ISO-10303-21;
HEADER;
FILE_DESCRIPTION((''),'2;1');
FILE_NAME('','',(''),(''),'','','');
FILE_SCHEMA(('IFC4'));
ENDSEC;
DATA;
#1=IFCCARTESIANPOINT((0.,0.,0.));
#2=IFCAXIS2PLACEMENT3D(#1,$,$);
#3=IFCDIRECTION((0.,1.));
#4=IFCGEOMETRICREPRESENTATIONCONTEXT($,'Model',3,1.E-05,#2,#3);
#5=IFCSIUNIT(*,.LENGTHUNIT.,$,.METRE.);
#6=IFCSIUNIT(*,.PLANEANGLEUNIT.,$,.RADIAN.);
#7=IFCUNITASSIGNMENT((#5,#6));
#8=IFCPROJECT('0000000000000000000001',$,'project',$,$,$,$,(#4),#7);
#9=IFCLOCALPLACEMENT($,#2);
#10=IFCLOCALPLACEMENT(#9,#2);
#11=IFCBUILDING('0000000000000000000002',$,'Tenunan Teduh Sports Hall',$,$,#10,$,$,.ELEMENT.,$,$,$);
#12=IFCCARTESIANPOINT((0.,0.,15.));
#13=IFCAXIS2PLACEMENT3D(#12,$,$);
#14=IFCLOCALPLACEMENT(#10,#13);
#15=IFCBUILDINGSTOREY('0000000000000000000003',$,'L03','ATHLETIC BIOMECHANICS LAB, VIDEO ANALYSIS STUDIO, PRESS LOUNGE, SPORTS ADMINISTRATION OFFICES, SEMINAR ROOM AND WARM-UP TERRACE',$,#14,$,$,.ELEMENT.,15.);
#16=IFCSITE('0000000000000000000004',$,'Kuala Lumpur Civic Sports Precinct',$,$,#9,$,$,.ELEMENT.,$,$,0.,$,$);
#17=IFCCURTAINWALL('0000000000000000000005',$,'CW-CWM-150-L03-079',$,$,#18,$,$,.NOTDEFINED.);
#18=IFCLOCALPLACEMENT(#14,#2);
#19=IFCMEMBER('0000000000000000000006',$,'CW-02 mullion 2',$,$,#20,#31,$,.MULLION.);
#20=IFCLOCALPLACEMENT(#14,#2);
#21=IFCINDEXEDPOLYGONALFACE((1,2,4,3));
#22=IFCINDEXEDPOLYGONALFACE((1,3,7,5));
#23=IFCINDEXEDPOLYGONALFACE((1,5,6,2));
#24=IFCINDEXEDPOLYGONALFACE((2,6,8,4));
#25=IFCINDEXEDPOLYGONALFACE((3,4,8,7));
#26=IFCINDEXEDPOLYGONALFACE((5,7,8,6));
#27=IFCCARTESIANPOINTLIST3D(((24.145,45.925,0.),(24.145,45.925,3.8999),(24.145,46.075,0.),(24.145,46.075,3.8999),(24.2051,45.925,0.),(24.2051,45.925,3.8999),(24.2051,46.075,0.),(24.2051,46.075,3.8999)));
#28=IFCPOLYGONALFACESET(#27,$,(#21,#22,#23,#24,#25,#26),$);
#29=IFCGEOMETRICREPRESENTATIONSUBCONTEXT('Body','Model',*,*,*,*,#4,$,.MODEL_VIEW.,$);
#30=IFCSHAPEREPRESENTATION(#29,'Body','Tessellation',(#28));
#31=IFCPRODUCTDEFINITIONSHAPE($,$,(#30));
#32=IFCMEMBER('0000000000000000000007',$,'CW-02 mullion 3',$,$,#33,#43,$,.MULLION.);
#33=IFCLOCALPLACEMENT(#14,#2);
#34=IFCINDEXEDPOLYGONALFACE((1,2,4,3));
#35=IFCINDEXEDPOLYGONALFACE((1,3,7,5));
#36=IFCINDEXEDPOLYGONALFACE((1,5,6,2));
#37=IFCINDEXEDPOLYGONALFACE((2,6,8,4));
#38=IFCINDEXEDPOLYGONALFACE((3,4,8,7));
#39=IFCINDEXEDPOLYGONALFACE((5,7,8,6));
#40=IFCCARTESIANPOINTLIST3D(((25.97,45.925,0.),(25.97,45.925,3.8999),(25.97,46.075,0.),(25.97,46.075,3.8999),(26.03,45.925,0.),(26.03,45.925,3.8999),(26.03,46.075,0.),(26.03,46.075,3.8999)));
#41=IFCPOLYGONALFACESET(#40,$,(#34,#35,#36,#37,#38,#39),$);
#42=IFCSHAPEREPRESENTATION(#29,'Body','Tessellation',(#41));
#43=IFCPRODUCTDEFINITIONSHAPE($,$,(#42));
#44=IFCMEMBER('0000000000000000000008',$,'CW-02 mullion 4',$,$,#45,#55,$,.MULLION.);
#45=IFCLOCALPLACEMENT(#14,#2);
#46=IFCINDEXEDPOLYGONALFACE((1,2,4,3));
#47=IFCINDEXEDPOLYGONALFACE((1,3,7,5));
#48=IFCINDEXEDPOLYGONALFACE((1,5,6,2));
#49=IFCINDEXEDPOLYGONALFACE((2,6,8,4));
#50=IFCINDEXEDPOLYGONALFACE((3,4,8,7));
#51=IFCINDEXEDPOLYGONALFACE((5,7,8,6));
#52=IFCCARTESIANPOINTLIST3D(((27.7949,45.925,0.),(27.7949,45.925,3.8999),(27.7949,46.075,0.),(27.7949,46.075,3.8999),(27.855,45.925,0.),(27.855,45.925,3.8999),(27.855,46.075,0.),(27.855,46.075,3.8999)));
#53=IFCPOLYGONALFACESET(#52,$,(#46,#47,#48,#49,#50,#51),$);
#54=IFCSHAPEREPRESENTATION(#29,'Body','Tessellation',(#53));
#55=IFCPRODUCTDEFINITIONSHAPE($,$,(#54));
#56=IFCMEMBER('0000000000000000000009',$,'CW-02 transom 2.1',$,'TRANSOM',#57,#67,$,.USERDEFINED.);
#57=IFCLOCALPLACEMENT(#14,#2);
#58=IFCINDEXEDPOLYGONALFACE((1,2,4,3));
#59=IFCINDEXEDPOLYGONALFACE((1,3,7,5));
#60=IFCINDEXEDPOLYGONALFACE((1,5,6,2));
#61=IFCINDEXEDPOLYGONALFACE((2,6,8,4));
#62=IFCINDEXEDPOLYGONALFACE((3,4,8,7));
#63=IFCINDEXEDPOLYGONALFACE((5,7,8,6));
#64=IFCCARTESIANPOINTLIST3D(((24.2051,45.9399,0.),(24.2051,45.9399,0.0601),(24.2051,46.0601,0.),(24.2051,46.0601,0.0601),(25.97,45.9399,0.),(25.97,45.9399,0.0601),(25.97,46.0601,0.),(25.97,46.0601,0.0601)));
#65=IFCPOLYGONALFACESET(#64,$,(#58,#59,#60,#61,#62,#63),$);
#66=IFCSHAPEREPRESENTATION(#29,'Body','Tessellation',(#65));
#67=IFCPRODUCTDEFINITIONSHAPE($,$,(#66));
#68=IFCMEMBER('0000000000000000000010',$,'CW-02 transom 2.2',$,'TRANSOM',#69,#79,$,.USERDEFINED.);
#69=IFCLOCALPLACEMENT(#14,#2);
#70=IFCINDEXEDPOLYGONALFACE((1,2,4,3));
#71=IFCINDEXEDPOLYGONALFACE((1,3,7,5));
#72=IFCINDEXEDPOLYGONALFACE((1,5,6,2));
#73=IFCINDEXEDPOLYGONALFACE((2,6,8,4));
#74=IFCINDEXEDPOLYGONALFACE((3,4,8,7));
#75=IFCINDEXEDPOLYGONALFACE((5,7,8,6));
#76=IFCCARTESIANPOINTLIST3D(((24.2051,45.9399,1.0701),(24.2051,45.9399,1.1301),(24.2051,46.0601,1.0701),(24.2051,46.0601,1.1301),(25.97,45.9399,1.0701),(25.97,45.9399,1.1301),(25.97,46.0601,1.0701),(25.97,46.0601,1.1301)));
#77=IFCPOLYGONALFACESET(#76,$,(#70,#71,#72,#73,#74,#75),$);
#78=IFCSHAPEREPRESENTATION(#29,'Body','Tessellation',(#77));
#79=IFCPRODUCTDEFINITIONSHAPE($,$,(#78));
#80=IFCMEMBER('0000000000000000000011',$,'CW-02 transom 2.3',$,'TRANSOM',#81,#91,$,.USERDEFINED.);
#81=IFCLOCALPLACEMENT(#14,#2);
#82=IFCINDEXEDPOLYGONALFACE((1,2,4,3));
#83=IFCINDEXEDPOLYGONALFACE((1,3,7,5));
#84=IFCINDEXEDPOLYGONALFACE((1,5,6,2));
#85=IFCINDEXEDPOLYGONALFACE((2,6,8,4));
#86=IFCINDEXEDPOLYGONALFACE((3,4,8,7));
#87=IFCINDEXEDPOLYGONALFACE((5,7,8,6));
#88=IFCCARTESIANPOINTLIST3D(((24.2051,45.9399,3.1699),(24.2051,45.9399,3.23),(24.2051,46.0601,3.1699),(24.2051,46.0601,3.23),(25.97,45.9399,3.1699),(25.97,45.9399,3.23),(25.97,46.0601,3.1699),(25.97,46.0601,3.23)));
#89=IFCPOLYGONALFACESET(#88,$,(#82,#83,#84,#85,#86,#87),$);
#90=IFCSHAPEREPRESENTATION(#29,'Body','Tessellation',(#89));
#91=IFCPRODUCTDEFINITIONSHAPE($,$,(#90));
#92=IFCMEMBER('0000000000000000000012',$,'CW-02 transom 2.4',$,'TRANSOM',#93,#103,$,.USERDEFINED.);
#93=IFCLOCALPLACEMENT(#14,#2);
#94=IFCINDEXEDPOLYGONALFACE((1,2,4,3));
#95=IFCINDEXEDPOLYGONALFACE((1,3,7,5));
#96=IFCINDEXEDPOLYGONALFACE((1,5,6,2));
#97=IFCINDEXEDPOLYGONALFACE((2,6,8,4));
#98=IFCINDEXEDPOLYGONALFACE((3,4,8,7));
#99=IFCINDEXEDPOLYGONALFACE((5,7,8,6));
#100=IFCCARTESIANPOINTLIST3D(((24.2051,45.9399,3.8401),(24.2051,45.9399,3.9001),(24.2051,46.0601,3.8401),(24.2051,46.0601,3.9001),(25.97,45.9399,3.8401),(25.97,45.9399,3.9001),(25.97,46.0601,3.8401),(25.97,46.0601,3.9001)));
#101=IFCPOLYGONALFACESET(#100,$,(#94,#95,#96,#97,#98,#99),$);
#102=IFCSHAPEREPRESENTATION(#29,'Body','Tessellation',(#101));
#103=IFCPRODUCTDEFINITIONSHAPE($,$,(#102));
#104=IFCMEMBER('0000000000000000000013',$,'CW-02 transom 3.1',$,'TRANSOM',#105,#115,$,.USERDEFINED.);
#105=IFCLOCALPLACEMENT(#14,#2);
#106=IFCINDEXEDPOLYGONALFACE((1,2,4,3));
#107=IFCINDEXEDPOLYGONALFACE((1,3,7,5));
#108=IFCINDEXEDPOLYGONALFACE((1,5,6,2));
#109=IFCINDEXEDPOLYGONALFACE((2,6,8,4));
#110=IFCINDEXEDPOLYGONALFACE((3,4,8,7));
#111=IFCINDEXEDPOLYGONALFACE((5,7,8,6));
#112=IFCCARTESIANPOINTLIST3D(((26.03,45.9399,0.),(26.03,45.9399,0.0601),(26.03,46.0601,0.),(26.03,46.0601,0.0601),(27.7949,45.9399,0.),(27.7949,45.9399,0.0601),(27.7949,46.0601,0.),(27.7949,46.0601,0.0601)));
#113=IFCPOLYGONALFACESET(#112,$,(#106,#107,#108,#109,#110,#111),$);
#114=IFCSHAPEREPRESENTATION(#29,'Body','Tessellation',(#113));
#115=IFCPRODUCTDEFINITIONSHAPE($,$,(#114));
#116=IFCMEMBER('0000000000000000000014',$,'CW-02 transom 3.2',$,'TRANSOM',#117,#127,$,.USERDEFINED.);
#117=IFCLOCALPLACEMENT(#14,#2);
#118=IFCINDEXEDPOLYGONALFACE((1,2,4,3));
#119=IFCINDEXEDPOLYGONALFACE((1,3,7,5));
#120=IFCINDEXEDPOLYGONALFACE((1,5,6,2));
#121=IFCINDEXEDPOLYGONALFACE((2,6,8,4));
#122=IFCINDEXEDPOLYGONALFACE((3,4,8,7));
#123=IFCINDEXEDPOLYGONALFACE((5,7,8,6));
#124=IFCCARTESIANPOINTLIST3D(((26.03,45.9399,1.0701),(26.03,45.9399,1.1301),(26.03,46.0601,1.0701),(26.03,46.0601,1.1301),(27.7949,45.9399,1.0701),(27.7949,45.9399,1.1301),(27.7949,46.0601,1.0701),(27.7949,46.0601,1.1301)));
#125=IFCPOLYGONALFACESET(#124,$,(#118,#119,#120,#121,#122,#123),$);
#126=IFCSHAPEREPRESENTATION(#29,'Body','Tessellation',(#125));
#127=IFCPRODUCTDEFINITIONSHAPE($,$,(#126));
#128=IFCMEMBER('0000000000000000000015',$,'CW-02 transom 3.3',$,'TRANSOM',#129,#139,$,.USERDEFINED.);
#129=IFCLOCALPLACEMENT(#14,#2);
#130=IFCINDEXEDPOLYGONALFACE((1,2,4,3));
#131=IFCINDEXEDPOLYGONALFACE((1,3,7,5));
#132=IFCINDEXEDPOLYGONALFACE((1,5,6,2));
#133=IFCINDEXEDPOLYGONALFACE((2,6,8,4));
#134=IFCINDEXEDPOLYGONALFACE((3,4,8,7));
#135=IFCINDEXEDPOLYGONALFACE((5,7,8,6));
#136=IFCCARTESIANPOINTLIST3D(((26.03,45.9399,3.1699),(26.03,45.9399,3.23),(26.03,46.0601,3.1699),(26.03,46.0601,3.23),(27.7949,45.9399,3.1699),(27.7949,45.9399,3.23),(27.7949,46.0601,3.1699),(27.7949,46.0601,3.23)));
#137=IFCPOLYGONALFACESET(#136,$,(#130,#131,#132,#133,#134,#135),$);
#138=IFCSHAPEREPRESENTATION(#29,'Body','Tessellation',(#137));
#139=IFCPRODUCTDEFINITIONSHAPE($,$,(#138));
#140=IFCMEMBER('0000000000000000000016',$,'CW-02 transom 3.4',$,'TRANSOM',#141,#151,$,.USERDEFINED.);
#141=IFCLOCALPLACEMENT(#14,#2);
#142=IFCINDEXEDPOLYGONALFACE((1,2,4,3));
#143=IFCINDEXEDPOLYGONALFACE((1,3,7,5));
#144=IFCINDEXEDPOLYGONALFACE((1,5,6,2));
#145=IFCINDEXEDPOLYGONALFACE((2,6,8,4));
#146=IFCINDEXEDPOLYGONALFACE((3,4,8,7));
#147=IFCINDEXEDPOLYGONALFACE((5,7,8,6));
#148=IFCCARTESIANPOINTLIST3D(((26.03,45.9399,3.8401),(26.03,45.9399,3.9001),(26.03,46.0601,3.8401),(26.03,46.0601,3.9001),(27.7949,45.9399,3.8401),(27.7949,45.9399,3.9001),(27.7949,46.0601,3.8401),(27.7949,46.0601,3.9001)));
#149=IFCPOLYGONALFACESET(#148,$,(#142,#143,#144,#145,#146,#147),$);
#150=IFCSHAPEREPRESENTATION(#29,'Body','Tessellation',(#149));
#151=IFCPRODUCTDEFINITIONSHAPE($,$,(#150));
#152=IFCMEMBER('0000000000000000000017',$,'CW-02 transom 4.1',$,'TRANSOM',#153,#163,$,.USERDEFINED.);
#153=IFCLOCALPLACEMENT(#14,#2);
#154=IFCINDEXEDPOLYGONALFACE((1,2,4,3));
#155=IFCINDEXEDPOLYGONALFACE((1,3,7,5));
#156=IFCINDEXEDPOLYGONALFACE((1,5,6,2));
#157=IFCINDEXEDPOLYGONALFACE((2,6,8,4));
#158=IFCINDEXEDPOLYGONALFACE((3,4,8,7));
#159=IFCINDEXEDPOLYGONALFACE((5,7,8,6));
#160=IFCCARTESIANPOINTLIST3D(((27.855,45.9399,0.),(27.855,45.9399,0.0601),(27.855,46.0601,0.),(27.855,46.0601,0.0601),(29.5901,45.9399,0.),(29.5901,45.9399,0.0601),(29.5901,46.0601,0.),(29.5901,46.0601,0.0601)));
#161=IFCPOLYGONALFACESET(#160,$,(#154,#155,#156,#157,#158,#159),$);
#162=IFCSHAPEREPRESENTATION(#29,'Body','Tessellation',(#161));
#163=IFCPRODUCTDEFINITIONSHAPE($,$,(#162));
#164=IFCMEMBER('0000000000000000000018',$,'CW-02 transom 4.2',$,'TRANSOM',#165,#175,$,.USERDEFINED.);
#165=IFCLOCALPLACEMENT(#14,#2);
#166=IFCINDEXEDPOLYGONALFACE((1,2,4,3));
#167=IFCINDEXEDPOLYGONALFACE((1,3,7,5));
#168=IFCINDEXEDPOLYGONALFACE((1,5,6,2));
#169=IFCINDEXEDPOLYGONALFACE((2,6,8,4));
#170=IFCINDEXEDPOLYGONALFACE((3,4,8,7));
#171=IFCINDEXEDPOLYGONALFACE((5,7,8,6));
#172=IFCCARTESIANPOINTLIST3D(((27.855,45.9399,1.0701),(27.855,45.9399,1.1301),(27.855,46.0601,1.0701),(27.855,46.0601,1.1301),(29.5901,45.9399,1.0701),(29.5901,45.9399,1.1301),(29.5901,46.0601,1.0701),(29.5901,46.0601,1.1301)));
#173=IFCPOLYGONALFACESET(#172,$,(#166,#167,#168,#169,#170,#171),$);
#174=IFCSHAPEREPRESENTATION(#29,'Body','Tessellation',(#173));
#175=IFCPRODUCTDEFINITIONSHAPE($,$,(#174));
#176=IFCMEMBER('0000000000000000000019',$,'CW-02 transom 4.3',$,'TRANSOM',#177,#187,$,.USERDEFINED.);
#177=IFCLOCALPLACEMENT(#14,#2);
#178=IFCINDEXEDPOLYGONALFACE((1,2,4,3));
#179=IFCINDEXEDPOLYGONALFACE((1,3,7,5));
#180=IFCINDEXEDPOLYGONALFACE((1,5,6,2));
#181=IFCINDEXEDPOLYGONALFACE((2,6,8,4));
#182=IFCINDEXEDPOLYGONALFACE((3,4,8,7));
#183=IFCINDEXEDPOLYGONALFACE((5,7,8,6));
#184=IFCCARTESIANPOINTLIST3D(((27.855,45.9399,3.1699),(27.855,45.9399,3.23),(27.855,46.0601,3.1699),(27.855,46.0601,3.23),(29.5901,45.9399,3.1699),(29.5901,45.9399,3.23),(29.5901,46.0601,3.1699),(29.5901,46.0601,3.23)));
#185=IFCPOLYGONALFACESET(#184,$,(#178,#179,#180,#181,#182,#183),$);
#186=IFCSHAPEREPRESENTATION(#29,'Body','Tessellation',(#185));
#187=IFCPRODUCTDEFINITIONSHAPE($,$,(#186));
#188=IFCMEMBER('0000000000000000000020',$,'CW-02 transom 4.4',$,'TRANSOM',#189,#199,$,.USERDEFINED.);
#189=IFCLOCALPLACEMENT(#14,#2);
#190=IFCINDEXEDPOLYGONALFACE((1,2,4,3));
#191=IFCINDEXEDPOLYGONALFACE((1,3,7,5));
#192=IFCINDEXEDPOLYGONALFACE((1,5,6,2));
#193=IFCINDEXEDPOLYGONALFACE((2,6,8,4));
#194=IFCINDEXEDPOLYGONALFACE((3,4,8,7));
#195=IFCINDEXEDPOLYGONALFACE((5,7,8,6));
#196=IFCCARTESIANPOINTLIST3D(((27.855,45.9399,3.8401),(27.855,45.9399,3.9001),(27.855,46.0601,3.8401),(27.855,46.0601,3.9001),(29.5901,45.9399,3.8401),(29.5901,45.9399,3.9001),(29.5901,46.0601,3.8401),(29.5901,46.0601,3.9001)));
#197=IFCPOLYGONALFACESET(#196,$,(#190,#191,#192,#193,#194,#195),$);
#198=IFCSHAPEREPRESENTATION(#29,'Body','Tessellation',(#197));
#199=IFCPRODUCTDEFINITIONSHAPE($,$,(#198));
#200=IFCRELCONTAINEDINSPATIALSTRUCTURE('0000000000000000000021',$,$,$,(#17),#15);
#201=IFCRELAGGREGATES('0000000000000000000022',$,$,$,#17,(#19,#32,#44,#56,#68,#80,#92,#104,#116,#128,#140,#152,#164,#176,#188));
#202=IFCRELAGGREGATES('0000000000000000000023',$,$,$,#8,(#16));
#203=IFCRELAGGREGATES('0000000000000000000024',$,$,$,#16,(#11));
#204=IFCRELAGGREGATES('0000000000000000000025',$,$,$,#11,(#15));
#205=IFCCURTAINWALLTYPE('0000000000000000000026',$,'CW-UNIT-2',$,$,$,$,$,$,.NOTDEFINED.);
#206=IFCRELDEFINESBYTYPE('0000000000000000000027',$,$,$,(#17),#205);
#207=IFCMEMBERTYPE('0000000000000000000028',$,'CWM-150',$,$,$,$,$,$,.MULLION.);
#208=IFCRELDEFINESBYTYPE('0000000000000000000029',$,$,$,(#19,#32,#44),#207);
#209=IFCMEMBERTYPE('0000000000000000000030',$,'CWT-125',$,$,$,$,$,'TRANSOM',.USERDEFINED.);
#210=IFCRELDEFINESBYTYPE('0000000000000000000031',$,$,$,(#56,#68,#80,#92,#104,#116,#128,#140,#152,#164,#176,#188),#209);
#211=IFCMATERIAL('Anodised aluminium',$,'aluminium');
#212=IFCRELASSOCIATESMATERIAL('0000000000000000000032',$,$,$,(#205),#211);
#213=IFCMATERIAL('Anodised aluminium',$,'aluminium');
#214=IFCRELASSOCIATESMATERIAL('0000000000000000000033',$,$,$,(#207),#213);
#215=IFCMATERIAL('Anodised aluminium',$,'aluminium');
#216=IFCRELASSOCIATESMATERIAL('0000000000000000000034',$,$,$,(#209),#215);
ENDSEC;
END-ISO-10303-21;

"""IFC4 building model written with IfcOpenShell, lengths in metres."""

from ifc_helpers import new_model, si_unit, direction, frame, origin, origin_2d, place, context, subcontext, project, spatial, rectangle, extrude, material, material_profile, profile_set, type_object, element, aggregate, save


model = new_model("IFC4")

# Units and contexts
model_context = context("Model", 3, precision=1e-05, world=origin(), true_north=direction((0.0, 1.0)))
body_context = subcontext(model_context, "Body", "Model", "MODEL_VIEW")
ifc_project = project(units=[si_unit("LENGTHUNIT", "METRE"), si_unit("PLANEANGLEUNIT", "RADIAN")], contexts=[model_context])

# Site, building, storey
site_placement = place(None, origin())
site = spatial("IfcSite", under=ifc_project, at=site_placement, Name="Kuala Lumpur Civic Sports Precinct", CompositionType="ELEMENT", RefElevation=0.0)
building_placement = place(site_placement, origin())
building = spatial("IfcBuilding", under=site, at=building_placement, Name="Tenunan Teduh Sports Hall", CompositionType="ELEMENT")
storey_placement = place(building_placement, frame((0.0, 0.0, 15.0)))
storey = spatial("IfcBuildingStorey", under=building, at=storey_placement, Name="L03", Description="ATHLETIC BIOMECHANICS LAB, VIDEO ANALYSIS STUDIO, PRESS LOUNGE, SPORTS ADMINISTRATION OFFICES, SEMINAR ROOM AND WARM-UP TERRACE", CompositionType="ELEMENT", Elevation=15.0)

# Curtain wall, members
ifc_material_1 = material(Name="Anodised aluminium", Category="aluminium")
curtain_wall_type = type_object("IfcCurtainWallType", Name="CW-UNIT-2", PredefinedType="NOTDEFINED", material=ifc_material_1)
curtain_wall_placement = place(storey_placement, origin())
curtain_wall = element("IfcCurtainWall", 1, at=curtain_wall_placement, inside=storey, type_object=curtain_wall_type, Name="CW-CWM-150-L03-079", PredefinedType="NOTDEFINED")
ifc_material_2 = material(Name="Anodised aluminium", Category="aluminium")
ifc_material_profile_1 = material_profile(ifc_material_2, rectangle(XDim=0.0601, YDim=0.1499, at=origin_2d()), Name="CWM 60x150")
ifc_profile_set_1 = profile_set([ifc_material_profile_1], Name="Anodised aluminium")
member_type_1 = type_object("IfcMemberType", Name="CWM-150", PredefinedType="MULLION", material=ifc_profile_set_1)
member_1_placement = place(storey_placement, frame((24.175, 46.0, 0.0), z_axis=(0.0, 0.0, 1.0), x_axis=(1.0, 0.0, 0.0)))
member_1 = element("IfcMember", 2, at=member_1_placement, type_object=member_type_1, Name="CW-02 mullion 2", PredefinedType="MULLION", context=body_context, shape_type="SweptSolid", body=[
    extrude(rectangle(XDim=0.0601, YDim=0.1499, at=origin_2d()), origin(), (0.0, 0.0, 1.0), 3.8999),
])
member_2_placement = place(storey_placement, frame((26.0, 46.0, 0.0), z_axis=(0.0, 0.0, 1.0), x_axis=(1.0, 0.0, 0.0)))
member_2 = element("IfcMember", 3, at=member_2_placement, type_object=member_type_1, Name="CW-02 mullion 3", PredefinedType="MULLION", context=body_context, shape_type="SweptSolid", body=[
    extrude(rectangle(XDim=0.0601, YDim=0.1499, at=origin_2d()), origin(), (0.0, 0.0, 1.0), 3.8999),
])
member_3_placement = place(storey_placement, frame((27.825, 46.0, 0.0), z_axis=(0.0, 0.0, 1.0), x_axis=(1.0, 0.0, 0.0)))
member_3 = element("IfcMember", 4, at=member_3_placement, type_object=member_type_1, Name="CW-02 mullion 4", PredefinedType="MULLION", context=body_context, shape_type="SweptSolid", body=[
    extrude(rectangle(XDim=0.0601, YDim=0.1499, at=origin_2d()), origin(), (0.0, 0.0, 1.0), 3.8999),
])
ifc_material_3 = material(Name="Anodised aluminium", Category="aluminium")
ifc_material_profile_2 = material_profile(ifc_material_3, rectangle(XDim=0.0601, YDim=0.1201, at=origin_2d()), Name="CWT 60x120")
ifc_profile_set_2 = profile_set([ifc_material_profile_2], Name="Anodised aluminium")
member_type_2 = type_object("IfcMemberType", Name="CWT-125", ElementType="TRANSOM", PredefinedType="USERDEFINED", material=ifc_profile_set_2)
member_4_placement = place(storey_placement, frame((24.2051, 46.0, 0.03), z_axis=(1.0, 0.0, 0.0), x_axis=(0.0, 0.0, 1.0)))
member_4 = element("IfcMember", 5, at=member_4_placement, type_object=member_type_2, Name="CW-02 transom 2.1", ObjectType="TRANSOM", PredefinedType="USERDEFINED", context=body_context, shape_type="SweptSolid", body=[
    extrude(rectangle(XDim=0.0601, YDim=0.1201, at=origin_2d()), origin(), (0.0, 0.0, 1.0), 1.7649),
])
member_5_placement = place(storey_placement, frame((24.2051, 46.0, 1.1001), z_axis=(1.0, 0.0, 0.0), x_axis=(0.0, 0.0, 1.0)))
member_5 = element("IfcMember", 6, at=member_5_placement, type_object=member_type_2, Name="CW-02 transom 2.2", ObjectType="TRANSOM", PredefinedType="USERDEFINED", context=body_context, shape_type="SweptSolid", body=[
    extrude(rectangle(XDim=0.0601, YDim=0.1201, at=origin_2d()), origin(), (0.0, 0.0, 1.0), 1.7649),
])
member_6_placement = place(storey_placement, frame((24.2051, 46.0, 3.2), z_axis=(1.0, 0.0, 0.0), x_axis=(0.0, 0.0, 1.0)))
member_6 = element("IfcMember", 7, at=member_6_placement, type_object=member_type_2, Name="CW-02 transom 2.3", ObjectType="TRANSOM", PredefinedType="USERDEFINED", context=body_context, shape_type="SweptSolid", body=[
    extrude(rectangle(XDim=0.0601, YDim=0.1201, at=origin_2d()), origin(), (0.0, 0.0, 1.0), 1.7649),
])
member_7_placement = place(storey_placement, frame((24.2051, 46.0, 3.8701), z_axis=(1.0, 0.0, 0.0), x_axis=(0.0, 0.0, 1.0)))
member_7 = element("IfcMember", 8, at=member_7_placement, type_object=member_type_2, Name="CW-02 transom 2.4", ObjectType="TRANSOM", PredefinedType="USERDEFINED", context=body_context, shape_type="SweptSolid", body=[
    extrude(rectangle(XDim=0.0601, YDim=0.1201, at=origin_2d()), origin(), (0.0, 0.0, 1.0), 1.7649),
])
member_8_placement = place(storey_placement, frame((26.03, 46.0, 0.03), z_axis=(1.0, 0.0, 0.0), x_axis=(0.0, 0.0, 1.0)))
member_8 = element("IfcMember", 9, at=member_8_placement, type_object=member_type_2, Name="CW-02 transom 3.1", ObjectType="TRANSOM", PredefinedType="USERDEFINED", context=body_context, shape_type="SweptSolid", body=[
    extrude(rectangle(XDim=0.0601, YDim=0.1201, at=origin_2d()), origin(), (0.0, 0.0, 1.0), 1.7649),
])
member_9_placement = place(storey_placement, frame((26.03, 46.0, 1.1001), z_axis=(1.0, 0.0, 0.0), x_axis=(0.0, 0.0, 1.0)))
member_9 = element("IfcMember", 10, at=member_9_placement, type_object=member_type_2, Name="CW-02 transom 3.2", ObjectType="TRANSOM", PredefinedType="USERDEFINED", context=body_context, shape_type="SweptSolid", body=[
    extrude(rectangle(XDim=0.0601, YDim=0.1201, at=origin_2d()), origin(), (0.0, 0.0, 1.0), 1.7649),
])
member_10_placement = place(storey_placement, frame((26.03, 46.0, 3.2), z_axis=(1.0, 0.0, 0.0), x_axis=(0.0, 0.0, 1.0)))
member_10 = element("IfcMember", 11, at=member_10_placement, type_object=member_type_2, Name="CW-02 transom 3.3", ObjectType="TRANSOM", PredefinedType="USERDEFINED", context=body_context, shape_type="SweptSolid", body=[
    extrude(rectangle(XDim=0.0601, YDim=0.1201, at=origin_2d()), origin(), (0.0, 0.0, 1.0), 1.7649),
])
member_11_placement = place(storey_placement, frame((26.03, 46.0, 3.8701), z_axis=(1.0, 0.0, 0.0), x_axis=(0.0, 0.0, 1.0)))
member_11 = element("IfcMember", 12, at=member_11_placement, type_object=member_type_2, Name="CW-02 transom 3.4", ObjectType="TRANSOM", PredefinedType="USERDEFINED", context=body_context, shape_type="SweptSolid", body=[
    extrude(rectangle(XDim=0.0601, YDim=0.1201, at=origin_2d()), origin(), (0.0, 0.0, 1.0), 1.7649),
])
member_12_placement = place(storey_placement, frame((27.855, 46.0, 0.03), z_axis=(1.0, 0.0, 0.0), x_axis=(0.0, 0.0, 1.0)))
member_12 = element("IfcMember", 13, at=member_12_placement, type_object=member_type_2, Name="CW-02 transom 4.1", ObjectType="TRANSOM", PredefinedType="USERDEFINED", context=body_context, shape_type="SweptSolid", body=[
    extrude(rectangle(XDim=0.0601, YDim=0.1201, at=origin_2d()), origin(), (0.0, 0.0, 1.0), 1.7351),
])
member_13_placement = place(storey_placement, frame((27.855, 46.0, 1.1001), z_axis=(1.0, 0.0, 0.0), x_axis=(0.0, 0.0, 1.0)))
member_13 = element("IfcMember", 14, at=member_13_placement, type_object=member_type_2, Name="CW-02 transom 4.2", ObjectType="TRANSOM", PredefinedType="USERDEFINED", context=body_context, shape_type="SweptSolid", body=[
    extrude(rectangle(XDim=0.0601, YDim=0.1201, at=origin_2d()), origin(), (0.0, 0.0, 1.0), 1.7351),
])
member_14_placement = place(storey_placement, frame((27.855, 46.0, 3.2), z_axis=(1.0, 0.0, 0.0), x_axis=(0.0, 0.0, 1.0)))
member_14 = element("IfcMember", 15, at=member_14_placement, type_object=member_type_2, Name="CW-02 transom 4.3", ObjectType="TRANSOM", PredefinedType="USERDEFINED", context=body_context, shape_type="SweptSolid", body=[
    extrude(rectangle(XDim=0.0601, YDim=0.1201, at=origin_2d()), origin(), (0.0, 0.0, 1.0), 1.7351),
])
member_15_placement = place(storey_placement, frame((27.855, 46.0, 3.8701), z_axis=(1.0, 0.0, 0.0), x_axis=(0.0, 0.0, 1.0)))
member_15 = element("IfcMember", 16, at=member_15_placement, type_object=member_type_2, Name="CW-02 transom 4.4", ObjectType="TRANSOM", PredefinedType="USERDEFINED", context=body_context, shape_type="SweptSolid", body=[
    extrude(rectangle(XDim=0.0601, YDim=0.1201, at=origin_2d()), origin(), (0.0, 0.0, 1.0), 1.7351),
])
aggregate(curtain_wall, [member_1, member_2, member_3, member_4, member_5, member_6, member_7, member_8, member_9, member_10, member_11, member_12, member_13, member_14, member_15])

save(model, "model.ifc")
